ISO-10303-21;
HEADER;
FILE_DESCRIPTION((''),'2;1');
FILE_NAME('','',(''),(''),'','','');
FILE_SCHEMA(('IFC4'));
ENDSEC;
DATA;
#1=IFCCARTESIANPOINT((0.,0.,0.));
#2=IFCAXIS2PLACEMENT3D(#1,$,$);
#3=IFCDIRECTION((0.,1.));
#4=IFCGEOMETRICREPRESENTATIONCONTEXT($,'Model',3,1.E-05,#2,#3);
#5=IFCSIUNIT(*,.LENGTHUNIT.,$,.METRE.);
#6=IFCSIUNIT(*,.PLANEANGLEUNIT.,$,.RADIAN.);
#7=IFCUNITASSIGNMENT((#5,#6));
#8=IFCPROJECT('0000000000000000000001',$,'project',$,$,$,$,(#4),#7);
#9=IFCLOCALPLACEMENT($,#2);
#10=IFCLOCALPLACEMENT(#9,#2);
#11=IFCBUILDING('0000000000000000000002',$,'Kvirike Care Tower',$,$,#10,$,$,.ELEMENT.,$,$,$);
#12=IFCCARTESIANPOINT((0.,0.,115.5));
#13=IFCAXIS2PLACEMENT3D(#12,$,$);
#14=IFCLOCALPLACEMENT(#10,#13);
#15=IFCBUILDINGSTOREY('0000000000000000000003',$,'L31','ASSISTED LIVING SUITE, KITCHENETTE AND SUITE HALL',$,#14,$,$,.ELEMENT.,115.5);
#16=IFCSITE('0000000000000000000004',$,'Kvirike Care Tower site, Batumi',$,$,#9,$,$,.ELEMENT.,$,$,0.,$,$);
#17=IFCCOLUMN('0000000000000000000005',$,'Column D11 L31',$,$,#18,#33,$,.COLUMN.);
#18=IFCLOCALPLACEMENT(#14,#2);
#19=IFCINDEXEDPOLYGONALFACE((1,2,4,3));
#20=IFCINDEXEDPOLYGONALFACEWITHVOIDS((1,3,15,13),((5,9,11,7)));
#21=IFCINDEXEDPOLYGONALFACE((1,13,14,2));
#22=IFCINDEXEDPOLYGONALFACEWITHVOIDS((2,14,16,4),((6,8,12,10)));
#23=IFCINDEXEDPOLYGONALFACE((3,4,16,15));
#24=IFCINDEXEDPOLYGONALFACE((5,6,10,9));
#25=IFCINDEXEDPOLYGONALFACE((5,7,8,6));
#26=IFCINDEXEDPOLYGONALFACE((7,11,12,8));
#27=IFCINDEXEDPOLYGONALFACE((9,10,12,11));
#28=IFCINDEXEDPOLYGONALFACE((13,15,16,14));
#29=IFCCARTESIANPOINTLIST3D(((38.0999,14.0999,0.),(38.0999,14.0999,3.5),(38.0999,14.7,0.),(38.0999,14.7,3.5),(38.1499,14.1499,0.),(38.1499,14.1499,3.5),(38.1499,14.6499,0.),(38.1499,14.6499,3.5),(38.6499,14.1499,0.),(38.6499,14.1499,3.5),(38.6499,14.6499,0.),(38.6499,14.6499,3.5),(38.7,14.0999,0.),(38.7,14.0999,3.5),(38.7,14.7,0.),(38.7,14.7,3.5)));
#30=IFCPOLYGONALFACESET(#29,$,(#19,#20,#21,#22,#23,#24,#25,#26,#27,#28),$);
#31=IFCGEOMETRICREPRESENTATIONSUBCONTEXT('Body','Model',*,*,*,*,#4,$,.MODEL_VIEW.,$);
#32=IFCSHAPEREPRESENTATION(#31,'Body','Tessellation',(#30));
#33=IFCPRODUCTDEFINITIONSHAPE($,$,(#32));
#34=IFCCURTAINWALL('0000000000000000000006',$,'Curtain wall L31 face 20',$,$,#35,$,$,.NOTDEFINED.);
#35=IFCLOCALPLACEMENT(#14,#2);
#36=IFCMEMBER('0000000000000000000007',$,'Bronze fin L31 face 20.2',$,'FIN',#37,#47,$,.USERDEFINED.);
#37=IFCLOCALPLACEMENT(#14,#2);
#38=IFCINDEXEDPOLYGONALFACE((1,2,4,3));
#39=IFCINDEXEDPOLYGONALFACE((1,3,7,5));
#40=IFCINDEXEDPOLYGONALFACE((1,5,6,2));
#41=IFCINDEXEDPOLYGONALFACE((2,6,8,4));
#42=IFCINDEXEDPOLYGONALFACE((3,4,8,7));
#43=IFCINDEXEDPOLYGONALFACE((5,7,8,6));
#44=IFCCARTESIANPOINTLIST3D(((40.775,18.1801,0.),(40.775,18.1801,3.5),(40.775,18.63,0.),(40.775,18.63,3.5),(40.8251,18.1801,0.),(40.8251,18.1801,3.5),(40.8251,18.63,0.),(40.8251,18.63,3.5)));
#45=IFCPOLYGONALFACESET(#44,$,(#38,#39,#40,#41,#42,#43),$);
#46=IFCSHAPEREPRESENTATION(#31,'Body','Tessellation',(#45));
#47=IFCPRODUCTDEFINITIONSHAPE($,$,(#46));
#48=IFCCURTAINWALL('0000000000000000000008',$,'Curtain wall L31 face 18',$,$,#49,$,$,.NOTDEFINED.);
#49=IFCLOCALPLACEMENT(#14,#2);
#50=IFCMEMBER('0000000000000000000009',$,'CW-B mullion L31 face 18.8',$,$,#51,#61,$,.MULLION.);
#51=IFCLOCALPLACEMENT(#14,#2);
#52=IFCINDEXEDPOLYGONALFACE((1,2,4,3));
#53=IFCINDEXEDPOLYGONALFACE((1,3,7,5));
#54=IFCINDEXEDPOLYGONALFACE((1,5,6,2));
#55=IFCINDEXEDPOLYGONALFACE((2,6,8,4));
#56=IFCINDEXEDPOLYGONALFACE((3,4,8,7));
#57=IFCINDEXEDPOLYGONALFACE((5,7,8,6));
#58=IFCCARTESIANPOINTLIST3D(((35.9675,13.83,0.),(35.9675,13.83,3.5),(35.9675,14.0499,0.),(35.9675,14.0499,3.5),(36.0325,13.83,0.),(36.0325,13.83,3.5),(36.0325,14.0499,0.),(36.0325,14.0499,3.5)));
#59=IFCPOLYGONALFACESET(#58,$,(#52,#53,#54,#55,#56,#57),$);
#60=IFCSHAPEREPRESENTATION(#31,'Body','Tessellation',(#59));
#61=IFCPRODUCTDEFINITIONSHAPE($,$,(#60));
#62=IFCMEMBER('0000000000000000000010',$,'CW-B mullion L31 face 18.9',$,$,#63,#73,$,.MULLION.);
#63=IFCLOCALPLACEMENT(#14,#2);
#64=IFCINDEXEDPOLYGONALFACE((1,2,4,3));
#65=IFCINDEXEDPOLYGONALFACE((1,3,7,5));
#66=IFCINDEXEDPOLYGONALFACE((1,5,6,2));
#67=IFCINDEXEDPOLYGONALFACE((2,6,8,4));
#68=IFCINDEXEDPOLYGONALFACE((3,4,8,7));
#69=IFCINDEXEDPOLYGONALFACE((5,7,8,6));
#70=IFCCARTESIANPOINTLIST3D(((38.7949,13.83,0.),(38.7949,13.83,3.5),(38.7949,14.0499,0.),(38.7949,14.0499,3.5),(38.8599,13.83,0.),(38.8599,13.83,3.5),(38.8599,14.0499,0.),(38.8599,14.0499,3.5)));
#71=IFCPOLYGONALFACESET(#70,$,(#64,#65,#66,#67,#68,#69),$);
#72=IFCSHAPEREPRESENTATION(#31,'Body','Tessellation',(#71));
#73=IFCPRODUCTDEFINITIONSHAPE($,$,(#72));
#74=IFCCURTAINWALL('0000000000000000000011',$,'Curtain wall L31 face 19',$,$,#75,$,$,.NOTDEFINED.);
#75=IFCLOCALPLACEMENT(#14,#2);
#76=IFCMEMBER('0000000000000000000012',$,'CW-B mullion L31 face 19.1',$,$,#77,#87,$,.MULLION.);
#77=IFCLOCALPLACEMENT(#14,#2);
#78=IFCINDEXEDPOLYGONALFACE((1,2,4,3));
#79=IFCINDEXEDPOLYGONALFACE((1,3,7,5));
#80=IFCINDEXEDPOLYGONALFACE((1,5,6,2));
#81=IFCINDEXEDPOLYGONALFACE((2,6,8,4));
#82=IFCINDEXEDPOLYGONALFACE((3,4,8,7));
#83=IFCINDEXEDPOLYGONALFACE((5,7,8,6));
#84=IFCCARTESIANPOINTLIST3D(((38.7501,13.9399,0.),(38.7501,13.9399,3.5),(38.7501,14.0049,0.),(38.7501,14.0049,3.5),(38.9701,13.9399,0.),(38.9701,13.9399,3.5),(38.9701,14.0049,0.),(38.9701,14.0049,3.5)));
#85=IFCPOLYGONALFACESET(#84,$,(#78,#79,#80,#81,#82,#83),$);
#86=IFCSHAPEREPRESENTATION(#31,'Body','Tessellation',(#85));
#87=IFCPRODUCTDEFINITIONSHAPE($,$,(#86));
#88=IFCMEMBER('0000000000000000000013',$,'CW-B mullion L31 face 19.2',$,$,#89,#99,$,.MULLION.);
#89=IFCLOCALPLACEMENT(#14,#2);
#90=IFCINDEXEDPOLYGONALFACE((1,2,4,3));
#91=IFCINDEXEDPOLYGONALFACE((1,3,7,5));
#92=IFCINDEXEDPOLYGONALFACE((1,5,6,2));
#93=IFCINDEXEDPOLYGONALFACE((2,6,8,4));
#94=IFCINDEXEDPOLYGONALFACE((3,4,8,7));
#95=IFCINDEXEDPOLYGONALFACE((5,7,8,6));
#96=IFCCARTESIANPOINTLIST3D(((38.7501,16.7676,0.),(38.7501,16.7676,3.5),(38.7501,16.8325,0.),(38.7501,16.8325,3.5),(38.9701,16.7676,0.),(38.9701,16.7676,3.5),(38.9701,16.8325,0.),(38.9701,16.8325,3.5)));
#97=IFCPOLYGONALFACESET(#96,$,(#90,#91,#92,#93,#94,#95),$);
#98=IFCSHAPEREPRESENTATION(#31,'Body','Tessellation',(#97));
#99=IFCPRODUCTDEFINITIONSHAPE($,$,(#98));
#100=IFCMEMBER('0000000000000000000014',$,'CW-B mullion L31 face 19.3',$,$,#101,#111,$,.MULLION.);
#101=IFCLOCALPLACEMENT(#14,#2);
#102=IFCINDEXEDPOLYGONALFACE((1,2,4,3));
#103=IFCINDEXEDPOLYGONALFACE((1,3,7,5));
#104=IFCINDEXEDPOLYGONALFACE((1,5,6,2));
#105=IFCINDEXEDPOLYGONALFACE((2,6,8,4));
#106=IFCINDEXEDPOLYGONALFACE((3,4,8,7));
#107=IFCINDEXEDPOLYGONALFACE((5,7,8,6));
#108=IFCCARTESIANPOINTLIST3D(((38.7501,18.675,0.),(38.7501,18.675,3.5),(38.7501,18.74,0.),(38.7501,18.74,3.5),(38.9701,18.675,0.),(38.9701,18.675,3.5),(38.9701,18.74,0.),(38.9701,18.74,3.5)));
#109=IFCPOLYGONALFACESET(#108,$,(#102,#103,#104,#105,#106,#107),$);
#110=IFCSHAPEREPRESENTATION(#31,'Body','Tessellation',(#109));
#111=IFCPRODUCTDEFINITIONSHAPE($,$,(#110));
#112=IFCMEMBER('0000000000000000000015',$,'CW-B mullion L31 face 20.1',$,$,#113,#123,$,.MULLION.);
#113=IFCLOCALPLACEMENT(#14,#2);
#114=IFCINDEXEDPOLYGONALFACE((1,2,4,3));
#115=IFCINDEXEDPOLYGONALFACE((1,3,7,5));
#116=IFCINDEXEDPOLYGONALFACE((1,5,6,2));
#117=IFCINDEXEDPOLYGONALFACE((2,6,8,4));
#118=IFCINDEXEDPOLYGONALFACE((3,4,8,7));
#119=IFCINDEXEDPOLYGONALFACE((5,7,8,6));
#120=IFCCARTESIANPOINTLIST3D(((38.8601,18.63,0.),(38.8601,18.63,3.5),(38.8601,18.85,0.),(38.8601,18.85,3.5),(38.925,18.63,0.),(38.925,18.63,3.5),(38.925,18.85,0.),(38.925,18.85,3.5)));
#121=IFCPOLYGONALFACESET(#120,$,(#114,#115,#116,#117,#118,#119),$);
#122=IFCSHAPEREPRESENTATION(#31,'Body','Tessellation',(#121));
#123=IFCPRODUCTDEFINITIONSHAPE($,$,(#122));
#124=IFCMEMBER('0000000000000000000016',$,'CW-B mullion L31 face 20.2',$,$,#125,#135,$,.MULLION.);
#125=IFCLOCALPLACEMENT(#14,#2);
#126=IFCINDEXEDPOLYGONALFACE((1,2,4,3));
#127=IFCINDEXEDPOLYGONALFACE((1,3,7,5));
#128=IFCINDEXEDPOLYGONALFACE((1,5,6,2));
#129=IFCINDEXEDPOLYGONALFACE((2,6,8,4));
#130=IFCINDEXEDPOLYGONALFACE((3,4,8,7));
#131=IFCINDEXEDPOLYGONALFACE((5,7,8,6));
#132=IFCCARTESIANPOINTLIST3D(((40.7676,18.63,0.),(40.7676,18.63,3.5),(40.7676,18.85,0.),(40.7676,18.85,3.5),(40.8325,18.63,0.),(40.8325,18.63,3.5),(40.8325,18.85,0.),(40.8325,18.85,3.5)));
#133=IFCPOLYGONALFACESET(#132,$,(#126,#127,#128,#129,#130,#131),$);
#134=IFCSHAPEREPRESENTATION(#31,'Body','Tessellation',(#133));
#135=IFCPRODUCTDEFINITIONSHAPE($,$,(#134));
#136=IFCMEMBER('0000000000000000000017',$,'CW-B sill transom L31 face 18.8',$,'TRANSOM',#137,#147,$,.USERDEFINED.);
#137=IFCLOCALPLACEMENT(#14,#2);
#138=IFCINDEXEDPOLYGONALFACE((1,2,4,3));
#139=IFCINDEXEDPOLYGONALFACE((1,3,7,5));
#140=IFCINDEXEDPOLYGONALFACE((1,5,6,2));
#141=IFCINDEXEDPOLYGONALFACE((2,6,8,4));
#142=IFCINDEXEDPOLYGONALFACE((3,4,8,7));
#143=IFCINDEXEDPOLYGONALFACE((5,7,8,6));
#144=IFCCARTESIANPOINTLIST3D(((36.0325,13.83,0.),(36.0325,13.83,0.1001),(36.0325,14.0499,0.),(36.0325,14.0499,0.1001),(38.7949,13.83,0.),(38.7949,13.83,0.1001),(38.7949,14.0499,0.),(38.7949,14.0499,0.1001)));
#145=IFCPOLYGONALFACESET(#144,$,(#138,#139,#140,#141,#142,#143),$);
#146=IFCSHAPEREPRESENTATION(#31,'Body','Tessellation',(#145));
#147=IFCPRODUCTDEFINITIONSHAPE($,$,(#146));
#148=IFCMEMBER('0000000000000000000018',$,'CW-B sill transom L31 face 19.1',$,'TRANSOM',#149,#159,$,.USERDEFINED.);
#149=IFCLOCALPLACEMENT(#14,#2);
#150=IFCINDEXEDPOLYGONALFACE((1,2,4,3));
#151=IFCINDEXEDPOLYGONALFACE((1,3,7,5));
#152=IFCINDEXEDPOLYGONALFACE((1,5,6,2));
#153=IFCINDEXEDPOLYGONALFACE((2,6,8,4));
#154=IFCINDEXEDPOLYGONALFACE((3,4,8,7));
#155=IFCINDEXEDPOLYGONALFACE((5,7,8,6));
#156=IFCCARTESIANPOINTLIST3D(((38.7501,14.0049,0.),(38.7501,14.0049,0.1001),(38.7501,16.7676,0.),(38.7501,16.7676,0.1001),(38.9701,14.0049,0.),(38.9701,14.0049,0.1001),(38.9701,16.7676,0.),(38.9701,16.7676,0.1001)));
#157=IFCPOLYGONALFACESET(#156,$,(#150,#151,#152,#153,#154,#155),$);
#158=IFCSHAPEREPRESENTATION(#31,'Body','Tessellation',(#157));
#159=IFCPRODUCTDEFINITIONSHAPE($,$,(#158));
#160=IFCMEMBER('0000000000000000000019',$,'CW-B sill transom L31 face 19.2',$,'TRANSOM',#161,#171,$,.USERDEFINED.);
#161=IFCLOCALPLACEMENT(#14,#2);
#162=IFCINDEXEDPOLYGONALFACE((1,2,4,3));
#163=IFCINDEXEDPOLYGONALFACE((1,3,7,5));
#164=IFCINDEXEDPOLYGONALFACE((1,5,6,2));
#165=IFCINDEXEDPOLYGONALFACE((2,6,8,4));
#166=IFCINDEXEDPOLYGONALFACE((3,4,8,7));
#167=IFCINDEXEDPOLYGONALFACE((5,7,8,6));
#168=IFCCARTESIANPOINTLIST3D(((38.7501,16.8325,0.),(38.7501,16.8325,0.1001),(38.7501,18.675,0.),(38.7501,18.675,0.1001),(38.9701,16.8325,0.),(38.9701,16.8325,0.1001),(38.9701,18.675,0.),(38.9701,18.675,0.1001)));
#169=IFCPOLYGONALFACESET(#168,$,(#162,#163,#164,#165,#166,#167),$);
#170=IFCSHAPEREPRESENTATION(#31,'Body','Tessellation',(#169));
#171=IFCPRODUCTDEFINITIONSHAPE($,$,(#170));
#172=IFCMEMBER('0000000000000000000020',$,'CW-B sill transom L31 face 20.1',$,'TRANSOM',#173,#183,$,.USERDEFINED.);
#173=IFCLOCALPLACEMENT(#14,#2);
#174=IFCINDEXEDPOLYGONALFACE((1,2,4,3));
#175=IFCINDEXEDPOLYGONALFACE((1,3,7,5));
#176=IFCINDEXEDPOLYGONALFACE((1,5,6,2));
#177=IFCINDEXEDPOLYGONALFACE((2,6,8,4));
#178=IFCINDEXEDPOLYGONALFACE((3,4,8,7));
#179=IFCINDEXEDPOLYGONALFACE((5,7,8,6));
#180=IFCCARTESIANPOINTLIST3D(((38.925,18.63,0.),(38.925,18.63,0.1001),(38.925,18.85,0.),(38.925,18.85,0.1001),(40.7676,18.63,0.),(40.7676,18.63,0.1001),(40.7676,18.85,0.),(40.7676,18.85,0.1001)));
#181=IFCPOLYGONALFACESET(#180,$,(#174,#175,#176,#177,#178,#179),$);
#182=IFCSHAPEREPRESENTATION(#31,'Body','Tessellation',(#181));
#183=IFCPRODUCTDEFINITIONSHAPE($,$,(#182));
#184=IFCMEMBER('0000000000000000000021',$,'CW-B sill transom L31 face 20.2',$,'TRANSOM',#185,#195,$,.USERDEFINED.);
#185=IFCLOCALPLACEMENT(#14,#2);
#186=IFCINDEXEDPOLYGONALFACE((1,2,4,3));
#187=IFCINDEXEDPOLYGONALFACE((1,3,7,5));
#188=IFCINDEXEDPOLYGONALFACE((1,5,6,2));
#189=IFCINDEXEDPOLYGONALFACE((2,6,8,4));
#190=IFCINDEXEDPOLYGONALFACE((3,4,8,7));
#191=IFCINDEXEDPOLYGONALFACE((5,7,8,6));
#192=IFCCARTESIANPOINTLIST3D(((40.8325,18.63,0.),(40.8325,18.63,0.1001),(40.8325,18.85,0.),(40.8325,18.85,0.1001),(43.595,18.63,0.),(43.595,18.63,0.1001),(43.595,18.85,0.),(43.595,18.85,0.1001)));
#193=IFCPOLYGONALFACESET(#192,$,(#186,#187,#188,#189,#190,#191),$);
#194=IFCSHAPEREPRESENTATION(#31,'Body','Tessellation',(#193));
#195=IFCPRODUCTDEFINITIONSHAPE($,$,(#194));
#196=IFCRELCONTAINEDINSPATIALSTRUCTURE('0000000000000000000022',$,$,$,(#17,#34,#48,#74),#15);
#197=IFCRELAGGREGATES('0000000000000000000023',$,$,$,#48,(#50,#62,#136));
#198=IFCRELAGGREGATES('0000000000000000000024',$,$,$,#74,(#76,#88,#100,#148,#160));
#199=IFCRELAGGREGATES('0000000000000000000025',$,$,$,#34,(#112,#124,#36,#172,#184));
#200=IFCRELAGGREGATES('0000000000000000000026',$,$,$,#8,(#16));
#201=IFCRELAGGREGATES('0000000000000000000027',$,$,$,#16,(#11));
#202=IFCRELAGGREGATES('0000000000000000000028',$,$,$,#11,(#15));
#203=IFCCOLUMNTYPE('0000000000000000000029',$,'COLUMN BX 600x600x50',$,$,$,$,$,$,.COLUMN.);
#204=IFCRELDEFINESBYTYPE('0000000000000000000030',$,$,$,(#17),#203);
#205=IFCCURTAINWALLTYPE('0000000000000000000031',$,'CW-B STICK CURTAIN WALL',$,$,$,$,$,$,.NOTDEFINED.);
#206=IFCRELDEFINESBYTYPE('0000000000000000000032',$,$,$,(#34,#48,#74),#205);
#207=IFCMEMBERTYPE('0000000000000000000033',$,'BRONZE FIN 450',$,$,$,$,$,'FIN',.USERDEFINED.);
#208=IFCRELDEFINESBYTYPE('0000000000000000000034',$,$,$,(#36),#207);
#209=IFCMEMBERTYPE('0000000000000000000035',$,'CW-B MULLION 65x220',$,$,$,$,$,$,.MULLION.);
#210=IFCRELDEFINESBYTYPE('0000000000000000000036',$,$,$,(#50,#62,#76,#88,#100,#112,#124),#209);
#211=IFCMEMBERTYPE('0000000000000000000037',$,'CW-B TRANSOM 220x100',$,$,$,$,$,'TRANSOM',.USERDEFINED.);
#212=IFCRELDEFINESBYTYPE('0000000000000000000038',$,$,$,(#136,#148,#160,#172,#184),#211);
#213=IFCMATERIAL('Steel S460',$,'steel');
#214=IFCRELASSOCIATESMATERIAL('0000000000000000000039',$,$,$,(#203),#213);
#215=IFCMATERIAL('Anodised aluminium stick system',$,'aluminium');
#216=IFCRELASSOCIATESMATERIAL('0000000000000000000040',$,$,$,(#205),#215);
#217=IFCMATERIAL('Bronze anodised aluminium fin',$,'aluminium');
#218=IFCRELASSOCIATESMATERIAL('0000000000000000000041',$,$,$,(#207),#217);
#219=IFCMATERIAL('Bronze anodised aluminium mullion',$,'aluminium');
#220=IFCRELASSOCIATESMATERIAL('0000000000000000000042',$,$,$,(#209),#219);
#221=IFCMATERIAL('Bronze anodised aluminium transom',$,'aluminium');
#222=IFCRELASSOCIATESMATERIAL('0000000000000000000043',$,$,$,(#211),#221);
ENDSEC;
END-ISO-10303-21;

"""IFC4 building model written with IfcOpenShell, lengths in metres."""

from ifc_helpers import new_model, si_unit, direction, frame, origin, origin_2d, place, context, subcontext, project, spatial, rectangle, hollow_rectangle, extrude, material, material_profile, profile_set, type_object, element, aggregate, save


model = new_model("IFC4")

# Units and contexts
model_context = context("Model", 3, precision=1e-05, world=origin(), true_north=direction((0.0, 1.0)))
body_context = subcontext(model_context, "Body", "Model", "MODEL_VIEW")
ifc_project = project(units=[si_unit("LENGTHUNIT", "METRE"), si_unit("PLANEANGLEUNIT", "RADIAN")], contexts=[model_context])

# Site, building, storey
site_placement = place(None, origin())
site = spatial("IfcSite", under=ifc_project, at=site_placement, Name="Kvirike Care Tower site, Batumi", CompositionType="ELEMENT", RefElevation=0.0)
building_placement = place(site_placement, origin())
building = spatial("IfcBuilding", under=site, at=building_placement, Name="Kvirike Care Tower", CompositionType="ELEMENT")
storey_placement = place(building_placement, frame((0.0, 0.0, 115.5)))
storey = spatial("IfcBuildingStorey", under=building, at=storey_placement, Name="L31", Description="ASSISTED LIVING SUITE, KITCHENETTE AND SUITE HALL", CompositionType="ELEMENT", Elevation=115.5)

# Column
ifc_material_1 = material(Name="Steel S460", Category="steel")
ifc_material_profile_1 = material_profile(ifc_material_1, hollow_rectangle(XDim=0.6001, YDim=0.6001, WallThickness=0.05, at=origin_2d()), Name="BX 600x600x50")
ifc_profile_set_1 = profile_set([ifc_material_profile_1], Name="Steel S460")
column_type = type_object("IfcColumnType", Name="COLUMN BX 600x600x50", PredefinedType="COLUMN", material=ifc_profile_set_1)
column_placement = place(storey_placement, frame((38.3999, 14.3999, 0.0), z_axis=(0.0, 0.0, 1.0), x_axis=(0.0, 1.0, 0.0)))
element("IfcColumn", 1, at=column_placement, inside=storey, type_object=column_type, Name="Column D11 L31", PredefinedType="COLUMN", context=body_context, shape_type="SweptSolid", body=[
    extrude(hollow_rectangle(XDim=0.6001, YDim=0.6001, WallThickness=0.05, at=origin_2d()), origin(), (0.0, 0.0, 1.0), 3.5),
])

# Curtain wall, member
ifc_material_2 = material(Name="Anodised aluminium stick system", Category="aluminium")
curtain_wall_type = type_object("IfcCurtainWallType", Name="CW-B STICK CURTAIN WALL", PredefinedType="NOTDEFINED", material=ifc_material_2)
curtain_wall_1_placement = place(storey_placement, origin())
curtain_wall_1 = element("IfcCurtainWall", 2, at=curtain_wall_1_placement, inside=storey, type_object=curtain_wall_type, Name="Curtain wall L31 face 20", PredefinedType="NOTDEFINED")
ifc_material_3 = material(Name="Bronze anodised aluminium fin", Category="aluminium")
ifc_material_profile_2 = material_profile(ifc_material_3, rectangle(XDim=0.05, YDim=0.45, at=origin_2d()), Name="BRONZE FIN 450")
ifc_profile_set_2 = profile_set([ifc_material_profile_2], Name="Bronze anodised aluminium fin")
member_type_1 = type_object("IfcMemberType", Name="BRONZE FIN 450", ElementType="FIN", PredefinedType="USERDEFINED", material=ifc_profile_set_2)
member_1_placement = place(storey_placement, frame((40.8, 18.405, 0.0), z_axis=(0.0, 0.0, 1.0), x_axis=(1.0, 0.0, 0.0)))
member_1 = element("IfcMember", 3, at=member_1_placement, type_object=member_type_1, Name="Bronze fin L31 face 20.2", ObjectType="FIN", PredefinedType="USERDEFINED", context=body_context, shape_type="SweptSolid", body=[
    extrude(rectangle(XDim=0.05, YDim=0.45, at=origin_2d()), origin(), (0.0, 0.0, 1.0), 3.5),
])

# Curtain walls, members
curtain_wall_2_placement = place(storey_placement, origin())
curtain_wall_2 = element("IfcCurtainWall", 4, at=curtain_wall_2_placement, inside=storey, type_object=curtain_wall_type, Name="Curtain wall L31 face 18", PredefinedType="NOTDEFINED")
ifc_material_4 = material(Name="Bronze anodised aluminium mullion", Category="aluminium")
ifc_material_profile_3 = material_profile(ifc_material_4, rectangle(XDim=0.0649, YDim=0.22, at=origin_2d()), Name="CW-B MULLION 65x220")
ifc_profile_set_3 = profile_set([ifc_material_profile_3], Name="Bronze anodised aluminium mullion")
member_type_2 = type_object("IfcMemberType", Name="CW-B MULLION 65x220", PredefinedType="MULLION", material=ifc_profile_set_3)
member_2_placement = place(storey_placement, frame((36.0, 13.9399, 0.0), z_axis=(0.0, 0.0, 1.0), x_axis=(1.0, 0.0, 0.0)))
member_2 = element("IfcMember", 5, at=member_2_placement, type_object=member_type_2, Name="CW-B mullion L31 face 18.8", PredefinedType="MULLION", context=body_context, shape_type="SweptSolid", body=[
    extrude(rectangle(XDim=0.0649, YDim=0.22, at=origin_2d()), origin(), (0.0, 0.0, 1.0), 3.5),
])
member_3_placement = place(storey_placement, frame((38.8274, 13.9399, 0.0), z_axis=(0.0, 0.0, 1.0), x_axis=(1.0, 0.0, 0.0)))
member_3 = element("IfcMember", 6, at=member_3_placement, type_object=member_type_2, Name="CW-B mullion L31 face 18.9", PredefinedType="MULLION", context=body_context, shape_type="SweptSolid", body=[
    extrude(rectangle(XDim=0.0649, YDim=0.22, at=origin_2d()), origin(), (0.0, 0.0, 1.0), 3.5),
])
curtain_wall_3_placement = place(storey_placement, origin())
curtain_wall_3 = element("IfcCurtainWall", 7, at=curtain_wall_3_placement, inside=storey, type_object=curtain_wall_type, Name="Curtain wall L31 face 19", PredefinedType="NOTDEFINED")
member_4_placement = place(storey_placement, frame((38.8601, 13.9724, 0.0), z_axis=(0.0, 0.0, 1.0), x_axis=(0.0, 1.0, 0.0)))
member_4 = element("IfcMember", 8, at=member_4_placement, type_object=member_type_2, Name="CW-B mullion L31 face 19.1", PredefinedType="MULLION", context=body_context, shape_type="SweptSolid", body=[
    extrude(rectangle(XDim=0.0649, YDim=0.22, at=origin_2d()), origin(), (0.0, 0.0, 1.0), 3.5),
])
member_5_placement = place(storey_placement, frame((38.8601, 16.8, 0.0), z_axis=(0.0, 0.0, 1.0), x_axis=(0.0, 1.0, 0.0)))
member_5 = element("IfcMember", 9, at=member_5_placement, type_object=member_type_2, Name="CW-B mullion L31 face 19.2", PredefinedType="MULLION", context=body_context, shape_type="SweptSolid", body=[
    extrude(rectangle(XDim=0.0649, YDim=0.22, at=origin_2d()), origin(), (0.0, 0.0, 1.0), 3.5),
])
member_6_placement = place(storey_placement, frame((38.8601, 18.7075, 0.0), z_axis=(0.0, 0.0, 1.0), x_axis=(0.0, 1.0, 0.0)))
member_6 = element("IfcMember", 10, at=member_6_placement, type_object=member_type_2, Name="CW-B mullion L31 face 19.3", PredefinedType="MULLION", context=body_context, shape_type="SweptSolid", body=[
    extrude(rectangle(XDim=0.0649, YDim=0.22, at=origin_2d()), origin(), (0.0, 0.0, 1.0), 3.5),
])

# Members
member_7_placement = place(storey_placement, frame((38.8926, 18.74, 0.0), z_axis=(0.0, 0.0, 1.0), x_axis=(1.0, 0.0, 0.0)))
member_7 = element("IfcMember", 11, at=member_7_placement, type_object=member_type_2, Name="CW-B mullion L31 face 20.1", PredefinedType="MULLION", context=body_context, shape_type="SweptSolid", body=[
    extrude(rectangle(XDim=0.0649, YDim=0.22, at=origin_2d()), origin(), (0.0, 0.0, 1.0), 3.5),
])
member_8_placement = place(storey_placement, frame((40.8, 18.74, 0.0), z_axis=(0.0, 0.0, 1.0), x_axis=(1.0, 0.0, 0.0)))
member_8 = element("IfcMember", 12, at=member_8_placement, type_object=member_type_2, Name="CW-B mullion L31 face 20.2", PredefinedType="MULLION", context=body_context, shape_type="SweptSolid", body=[
    extrude(rectangle(XDim=0.0649, YDim=0.22, at=origin_2d()), origin(), (0.0, 0.0, 1.0), 3.5),
])
ifc_material_5 = material(Name="Bronze anodised aluminium transom", Category="aluminium")
ifc_material_profile_4 = material_profile(ifc_material_5, rectangle(XDim=0.22, YDim=0.1001, at=origin_2d()), Name="CW-B TRANSOM 220x100")
ifc_profile_set_4 = profile_set([ifc_material_profile_4], Name="Bronze anodised aluminium transom")
member_type_3 = type_object("IfcMemberType", Name="CW-B TRANSOM 220x100", ElementType="TRANSOM", PredefinedType="USERDEFINED", material=ifc_profile_set_4)
member_9_placement = place(storey_placement, frame((36.0325, 13.9399, 0.05), z_axis=(1.0, 0.0, 0.0), x_axis=(0.0, 1.0, 0.0)))
member_9 = element("IfcMember", 13, at=member_9_placement, type_object=member_type_3, Name="CW-B sill transom L31 face 18.8", ObjectType="TRANSOM", PredefinedType="USERDEFINED", context=body_context, shape_type="SweptSolid", body=[
    extrude(rectangle(XDim=0.22, YDim=0.1001, at=origin_2d()), origin(), (0.0, 0.0, 1.0), 2.7625),
])
member_10_placement = place(storey_placement, frame((38.8601, 14.0049, 0.05), z_axis=(0.0, 1.0, 0.0), x_axis=(-1.0, 0.0, 0.0)))
member_10 = element("IfcMember", 14, at=member_10_placement, type_object=member_type_3, Name="CW-B sill transom L31 face 19.1", ObjectType="TRANSOM", PredefinedType="USERDEFINED", context=body_context, shape_type="SweptSolid", body=[
    extrude(rectangle(XDim=0.22, YDim=0.1001, at=origin_2d()), origin(), (0.0, 0.0, 1.0), 2.7627),
])
member_11_placement = place(storey_placement, frame((38.8601, 16.8325, 0.05), z_axis=(0.0, 1.0, 0.0), x_axis=(-1.0, 0.0, 0.0)))
member_11 = element("IfcMember", 15, at=member_11_placement, type_object=member_type_3, Name="CW-B sill transom L31 face 19.2", ObjectType="TRANSOM", PredefinedType="USERDEFINED", context=body_context, shape_type="SweptSolid", body=[
    extrude(rectangle(XDim=0.22, YDim=0.1001, at=origin_2d()), origin(), (0.0, 0.0, 1.0), 1.8425),
])
member_12_placement = place(storey_placement, frame((38.925, 18.74, 0.05), z_axis=(1.0, 0.0, 0.0), x_axis=(0.0, 1.0, 0.0)))
member_12 = element("IfcMember", 16, at=member_12_placement, type_object=member_type_3, Name="CW-B sill transom L31 face 20.1", ObjectType="TRANSOM", PredefinedType="USERDEFINED", context=body_context, shape_type="SweptSolid", body=[
    extrude(rectangle(XDim=0.22, YDim=0.1001, at=origin_2d()), origin(), (0.0, 0.0, 1.0), 1.8425),
])
member_13_placement = place(storey_placement, frame((40.8325, 18.74, 0.05), z_axis=(1.0, 0.0, 0.0), x_axis=(0.0, 1.0, 0.0)))
member_13 = element("IfcMember", 17, at=member_13_placement, type_object=member_type_3, Name="CW-B sill transom L31 face 20.2", ObjectType="TRANSOM", PredefinedType="USERDEFINED", context=body_context, shape_type="SweptSolid", body=[
    extrude(rectangle(XDim=0.22, YDim=0.1001, at=origin_2d()), origin(), (0.0, 0.0, 1.0), 2.7625),
])

aggregate(curtain_wall_2, [member_2, member_3, member_9])
aggregate(curtain_wall_3, [member_4, member_5, member_6, member_10, member_11])
aggregate(curtain_wall_1, [member_7, member_8, member_1, member_12, member_13])

save(model, "model.ifc")
